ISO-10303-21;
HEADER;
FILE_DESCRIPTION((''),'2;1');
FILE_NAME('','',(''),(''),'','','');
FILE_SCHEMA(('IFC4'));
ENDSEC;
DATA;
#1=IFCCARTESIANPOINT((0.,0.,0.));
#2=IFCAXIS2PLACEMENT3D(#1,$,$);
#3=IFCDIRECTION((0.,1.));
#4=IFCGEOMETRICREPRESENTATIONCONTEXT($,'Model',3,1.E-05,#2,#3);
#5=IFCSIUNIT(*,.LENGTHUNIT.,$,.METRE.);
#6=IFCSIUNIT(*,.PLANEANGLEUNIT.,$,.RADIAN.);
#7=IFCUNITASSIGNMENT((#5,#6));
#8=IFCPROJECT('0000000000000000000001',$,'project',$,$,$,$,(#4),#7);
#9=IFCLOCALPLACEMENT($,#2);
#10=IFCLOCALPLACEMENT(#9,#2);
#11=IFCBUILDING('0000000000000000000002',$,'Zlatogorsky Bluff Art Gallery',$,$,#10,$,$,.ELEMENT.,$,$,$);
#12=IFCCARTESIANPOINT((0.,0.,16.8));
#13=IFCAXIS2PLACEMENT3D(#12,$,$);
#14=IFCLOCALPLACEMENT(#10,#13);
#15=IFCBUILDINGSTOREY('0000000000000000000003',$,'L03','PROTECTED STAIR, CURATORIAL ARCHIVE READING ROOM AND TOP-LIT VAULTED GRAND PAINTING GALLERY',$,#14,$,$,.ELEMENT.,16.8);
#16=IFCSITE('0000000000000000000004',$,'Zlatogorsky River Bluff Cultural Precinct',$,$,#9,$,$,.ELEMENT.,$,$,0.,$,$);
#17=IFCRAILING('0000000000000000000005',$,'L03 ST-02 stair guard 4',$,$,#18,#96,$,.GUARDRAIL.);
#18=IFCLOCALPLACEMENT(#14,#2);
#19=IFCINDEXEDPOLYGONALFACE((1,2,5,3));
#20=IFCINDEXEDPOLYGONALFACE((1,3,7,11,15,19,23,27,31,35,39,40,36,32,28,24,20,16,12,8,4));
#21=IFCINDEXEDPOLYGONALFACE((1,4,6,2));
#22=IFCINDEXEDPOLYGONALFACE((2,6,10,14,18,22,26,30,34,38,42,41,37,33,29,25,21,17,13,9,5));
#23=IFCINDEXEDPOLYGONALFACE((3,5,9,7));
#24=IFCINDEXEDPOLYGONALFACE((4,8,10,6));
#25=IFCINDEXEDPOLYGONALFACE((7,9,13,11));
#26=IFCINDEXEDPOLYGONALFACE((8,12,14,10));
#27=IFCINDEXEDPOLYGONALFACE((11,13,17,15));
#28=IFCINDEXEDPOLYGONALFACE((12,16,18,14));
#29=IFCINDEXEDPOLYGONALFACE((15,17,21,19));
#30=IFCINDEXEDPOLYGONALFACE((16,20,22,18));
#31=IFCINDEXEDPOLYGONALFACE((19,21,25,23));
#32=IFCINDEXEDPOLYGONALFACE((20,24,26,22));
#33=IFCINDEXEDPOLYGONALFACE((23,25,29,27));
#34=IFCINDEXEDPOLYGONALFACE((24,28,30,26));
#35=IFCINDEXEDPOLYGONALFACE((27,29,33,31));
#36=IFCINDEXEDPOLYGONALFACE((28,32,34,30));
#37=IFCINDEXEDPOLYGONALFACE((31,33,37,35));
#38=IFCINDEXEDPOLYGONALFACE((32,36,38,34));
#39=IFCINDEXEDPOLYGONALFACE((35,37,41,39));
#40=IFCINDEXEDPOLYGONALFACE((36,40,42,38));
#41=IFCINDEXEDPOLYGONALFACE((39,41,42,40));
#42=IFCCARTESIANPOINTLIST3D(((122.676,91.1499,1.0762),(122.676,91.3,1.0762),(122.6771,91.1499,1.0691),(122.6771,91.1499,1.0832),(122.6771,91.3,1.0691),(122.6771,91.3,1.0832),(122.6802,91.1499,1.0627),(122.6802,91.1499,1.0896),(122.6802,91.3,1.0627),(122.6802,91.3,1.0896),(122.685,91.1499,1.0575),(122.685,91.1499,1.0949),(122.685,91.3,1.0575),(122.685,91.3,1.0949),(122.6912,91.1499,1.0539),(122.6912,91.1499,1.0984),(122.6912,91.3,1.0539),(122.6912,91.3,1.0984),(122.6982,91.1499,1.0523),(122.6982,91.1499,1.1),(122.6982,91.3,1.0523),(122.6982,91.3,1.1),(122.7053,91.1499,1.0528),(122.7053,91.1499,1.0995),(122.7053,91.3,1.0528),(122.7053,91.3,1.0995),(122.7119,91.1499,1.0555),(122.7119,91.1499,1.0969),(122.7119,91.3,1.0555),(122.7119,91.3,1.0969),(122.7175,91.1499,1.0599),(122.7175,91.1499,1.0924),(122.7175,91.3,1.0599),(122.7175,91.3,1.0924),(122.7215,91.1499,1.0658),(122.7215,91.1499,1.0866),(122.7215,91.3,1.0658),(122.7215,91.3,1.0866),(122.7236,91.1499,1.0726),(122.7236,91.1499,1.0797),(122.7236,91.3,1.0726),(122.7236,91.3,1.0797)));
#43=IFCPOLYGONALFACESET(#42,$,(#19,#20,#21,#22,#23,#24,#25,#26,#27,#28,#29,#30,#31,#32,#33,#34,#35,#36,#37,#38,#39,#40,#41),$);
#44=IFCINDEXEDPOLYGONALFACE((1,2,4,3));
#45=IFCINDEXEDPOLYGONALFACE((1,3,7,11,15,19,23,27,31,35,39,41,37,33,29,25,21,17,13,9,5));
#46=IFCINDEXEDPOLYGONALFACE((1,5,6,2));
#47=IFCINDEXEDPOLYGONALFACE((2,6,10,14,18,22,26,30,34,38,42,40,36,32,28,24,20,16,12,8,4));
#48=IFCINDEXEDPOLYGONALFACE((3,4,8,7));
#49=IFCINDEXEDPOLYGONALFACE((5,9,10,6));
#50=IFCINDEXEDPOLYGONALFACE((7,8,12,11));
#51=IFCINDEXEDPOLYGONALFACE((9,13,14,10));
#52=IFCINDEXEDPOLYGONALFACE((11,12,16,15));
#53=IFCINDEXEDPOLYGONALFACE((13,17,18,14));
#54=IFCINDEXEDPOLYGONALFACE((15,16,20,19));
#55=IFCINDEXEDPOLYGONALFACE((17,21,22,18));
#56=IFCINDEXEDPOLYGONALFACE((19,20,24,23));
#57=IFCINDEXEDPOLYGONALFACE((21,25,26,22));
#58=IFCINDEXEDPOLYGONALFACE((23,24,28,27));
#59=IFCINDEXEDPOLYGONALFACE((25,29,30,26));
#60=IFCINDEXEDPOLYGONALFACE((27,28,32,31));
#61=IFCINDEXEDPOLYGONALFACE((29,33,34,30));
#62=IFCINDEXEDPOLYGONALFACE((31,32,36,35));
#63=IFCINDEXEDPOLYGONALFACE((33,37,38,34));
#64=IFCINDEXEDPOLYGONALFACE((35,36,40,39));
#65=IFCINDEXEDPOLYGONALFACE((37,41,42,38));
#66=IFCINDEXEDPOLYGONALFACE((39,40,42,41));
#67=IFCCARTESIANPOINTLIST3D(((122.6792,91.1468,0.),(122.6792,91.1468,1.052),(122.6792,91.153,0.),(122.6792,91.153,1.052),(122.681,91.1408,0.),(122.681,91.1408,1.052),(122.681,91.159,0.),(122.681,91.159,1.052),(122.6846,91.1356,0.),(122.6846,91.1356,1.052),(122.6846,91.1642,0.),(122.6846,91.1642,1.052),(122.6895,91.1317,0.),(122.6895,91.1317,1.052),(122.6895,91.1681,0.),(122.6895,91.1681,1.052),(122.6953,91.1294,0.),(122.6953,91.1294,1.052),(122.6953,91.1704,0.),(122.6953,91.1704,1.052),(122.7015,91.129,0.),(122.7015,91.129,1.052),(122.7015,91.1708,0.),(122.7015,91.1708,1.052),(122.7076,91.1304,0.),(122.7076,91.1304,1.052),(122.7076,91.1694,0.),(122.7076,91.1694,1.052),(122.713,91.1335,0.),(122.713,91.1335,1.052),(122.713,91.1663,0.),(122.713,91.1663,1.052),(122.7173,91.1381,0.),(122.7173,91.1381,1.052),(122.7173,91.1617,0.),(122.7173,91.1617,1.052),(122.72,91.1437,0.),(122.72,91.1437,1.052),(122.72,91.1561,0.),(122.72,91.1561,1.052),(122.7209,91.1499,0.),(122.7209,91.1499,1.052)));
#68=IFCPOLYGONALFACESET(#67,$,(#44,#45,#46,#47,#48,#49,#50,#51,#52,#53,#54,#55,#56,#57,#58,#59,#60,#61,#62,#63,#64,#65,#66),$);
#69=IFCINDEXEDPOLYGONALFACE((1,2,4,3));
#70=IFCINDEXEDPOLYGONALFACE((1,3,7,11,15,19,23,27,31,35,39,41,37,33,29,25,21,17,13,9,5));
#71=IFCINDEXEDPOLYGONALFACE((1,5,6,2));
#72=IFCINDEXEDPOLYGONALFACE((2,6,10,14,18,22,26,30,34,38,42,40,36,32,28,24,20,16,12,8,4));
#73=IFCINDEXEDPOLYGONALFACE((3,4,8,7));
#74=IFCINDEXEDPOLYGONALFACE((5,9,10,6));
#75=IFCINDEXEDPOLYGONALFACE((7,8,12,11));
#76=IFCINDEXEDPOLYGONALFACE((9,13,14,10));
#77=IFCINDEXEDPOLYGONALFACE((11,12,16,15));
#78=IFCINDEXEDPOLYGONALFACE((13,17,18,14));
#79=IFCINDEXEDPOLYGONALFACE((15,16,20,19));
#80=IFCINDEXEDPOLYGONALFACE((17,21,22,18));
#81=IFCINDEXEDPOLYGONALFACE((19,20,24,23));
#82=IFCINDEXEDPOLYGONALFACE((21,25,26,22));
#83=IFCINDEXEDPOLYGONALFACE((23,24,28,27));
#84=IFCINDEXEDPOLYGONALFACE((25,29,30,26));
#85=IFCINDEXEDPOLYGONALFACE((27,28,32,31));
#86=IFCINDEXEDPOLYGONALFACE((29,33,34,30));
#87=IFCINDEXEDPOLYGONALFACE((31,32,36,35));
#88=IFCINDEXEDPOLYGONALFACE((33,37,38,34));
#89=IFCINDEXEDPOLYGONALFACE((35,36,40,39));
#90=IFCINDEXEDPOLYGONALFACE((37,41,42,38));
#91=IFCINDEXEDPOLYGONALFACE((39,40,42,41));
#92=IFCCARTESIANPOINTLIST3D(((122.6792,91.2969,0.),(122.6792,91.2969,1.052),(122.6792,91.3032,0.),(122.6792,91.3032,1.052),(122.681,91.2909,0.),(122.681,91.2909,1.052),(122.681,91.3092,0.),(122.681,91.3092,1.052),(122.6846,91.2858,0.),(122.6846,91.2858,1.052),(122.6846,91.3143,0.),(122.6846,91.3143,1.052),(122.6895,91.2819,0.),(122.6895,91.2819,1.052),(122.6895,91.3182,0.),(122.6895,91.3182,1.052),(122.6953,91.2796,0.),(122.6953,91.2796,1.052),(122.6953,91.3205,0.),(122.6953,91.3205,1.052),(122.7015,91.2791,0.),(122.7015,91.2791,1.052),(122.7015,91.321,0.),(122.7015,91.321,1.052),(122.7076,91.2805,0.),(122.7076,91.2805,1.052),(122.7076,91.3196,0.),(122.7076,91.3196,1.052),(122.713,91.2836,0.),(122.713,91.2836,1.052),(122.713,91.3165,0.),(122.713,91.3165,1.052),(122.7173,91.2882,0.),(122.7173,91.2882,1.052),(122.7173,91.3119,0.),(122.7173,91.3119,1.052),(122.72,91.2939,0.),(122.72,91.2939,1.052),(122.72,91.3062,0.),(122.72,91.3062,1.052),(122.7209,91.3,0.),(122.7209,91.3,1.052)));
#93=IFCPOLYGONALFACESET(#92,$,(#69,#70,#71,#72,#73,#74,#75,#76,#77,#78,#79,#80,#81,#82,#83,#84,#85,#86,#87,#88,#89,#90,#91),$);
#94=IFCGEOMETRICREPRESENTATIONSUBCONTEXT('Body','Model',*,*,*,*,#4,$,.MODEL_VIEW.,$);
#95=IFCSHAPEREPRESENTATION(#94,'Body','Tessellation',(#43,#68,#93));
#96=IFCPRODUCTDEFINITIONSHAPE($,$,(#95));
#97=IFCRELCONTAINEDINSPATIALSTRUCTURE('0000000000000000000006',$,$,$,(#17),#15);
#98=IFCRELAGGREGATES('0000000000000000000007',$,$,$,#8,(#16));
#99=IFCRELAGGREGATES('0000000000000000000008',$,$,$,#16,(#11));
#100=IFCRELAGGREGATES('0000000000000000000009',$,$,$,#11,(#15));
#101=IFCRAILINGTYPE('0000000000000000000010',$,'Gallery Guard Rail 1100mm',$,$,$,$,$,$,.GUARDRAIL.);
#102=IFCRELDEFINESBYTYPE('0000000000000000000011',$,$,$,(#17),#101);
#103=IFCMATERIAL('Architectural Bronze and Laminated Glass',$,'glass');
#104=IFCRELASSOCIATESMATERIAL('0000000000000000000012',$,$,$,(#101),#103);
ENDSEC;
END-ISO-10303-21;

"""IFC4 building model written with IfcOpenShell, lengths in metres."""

from ifc_helpers import new_model, si_unit, direction, frame, origin, origin_2d, place, context, subcontext, project, spatial, circle, extrude, material, type_object, element, save


model = new_model("IFC4")

# Units and contexts
model_context = context("Model", 3, precision=1e-05, world=origin(), true_north=direction((0.0, 1.0)))
body_context = subcontext(model_context, "Body", "Model", "MODEL_VIEW")
ifc_project = project(units=[si_unit("LENGTHUNIT", "METRE"), si_unit("PLANEANGLEUNIT", "RADIAN")], contexts=[model_context])

# Site, building, storey
site_placement = place(None, origin())
site = spatial("IfcSite", under=ifc_project, at=site_placement, Name="Zlatogorsky River Bluff Cultural Precinct", CompositionType="ELEMENT", RefElevation=0.0)
building_placement = place(site_placement, origin())
building = spatial("IfcBuilding", under=site, at=building_placement, Name="Zlatogorsky Bluff Art Gallery", CompositionType="ELEMENT")
storey_placement = place(building_placement, frame((0.0, 0.0, 16.8)))
storey = spatial("IfcBuildingStorey", under=building, at=storey_placement, Name="L03", Description="PROTECTED STAIR, CURATORIAL ARCHIVE READING ROOM AND TOP-LIT VAULTED GRAND PAINTING GALLERY", CompositionType="ELEMENT", Elevation=16.8)

# Railing
ifc_material_1 = material(Name="Architectural Bronze and Laminated Glass", Category="glass")
railing_type_1 = type_object("IfcRailingType", Name="Gallery Guard Rail 1100mm", PredefinedType="GUARDRAIL", material=ifc_material_1)
railing_1_placement = place(storey_placement, frame((122.7, 91.1499, 0.0)))
element("IfcRailing", 1, at=railing_1_placement, inside=storey, type_object=railing_type_1, Name="L03 ST-02 stair guard 4", PredefinedType="GUARDRAIL", context=body_context, shape_type="SweptSolid", body=[
    extrude(circle(Radius=0.0239, at=origin_2d()), frame((0.0, 0.0, 1.0762), z_axis=(0.0, 1.0, 0.0), x_axis=(-1.0, 0.0, 0.0)), (0.0, 0.0, 1.0), 0.1501),
    extrude(circle(Radius=0.021, at=origin_2d()), origin(), (0.0, 0.0, 1.0), 1.052),
    extrude(circle(Radius=0.021, at=origin_2d()), frame((0.0, 0.1501, 0.0)), (0.0, 0.0, 1.0), 1.052),
])

save(model, "model.ifc")
